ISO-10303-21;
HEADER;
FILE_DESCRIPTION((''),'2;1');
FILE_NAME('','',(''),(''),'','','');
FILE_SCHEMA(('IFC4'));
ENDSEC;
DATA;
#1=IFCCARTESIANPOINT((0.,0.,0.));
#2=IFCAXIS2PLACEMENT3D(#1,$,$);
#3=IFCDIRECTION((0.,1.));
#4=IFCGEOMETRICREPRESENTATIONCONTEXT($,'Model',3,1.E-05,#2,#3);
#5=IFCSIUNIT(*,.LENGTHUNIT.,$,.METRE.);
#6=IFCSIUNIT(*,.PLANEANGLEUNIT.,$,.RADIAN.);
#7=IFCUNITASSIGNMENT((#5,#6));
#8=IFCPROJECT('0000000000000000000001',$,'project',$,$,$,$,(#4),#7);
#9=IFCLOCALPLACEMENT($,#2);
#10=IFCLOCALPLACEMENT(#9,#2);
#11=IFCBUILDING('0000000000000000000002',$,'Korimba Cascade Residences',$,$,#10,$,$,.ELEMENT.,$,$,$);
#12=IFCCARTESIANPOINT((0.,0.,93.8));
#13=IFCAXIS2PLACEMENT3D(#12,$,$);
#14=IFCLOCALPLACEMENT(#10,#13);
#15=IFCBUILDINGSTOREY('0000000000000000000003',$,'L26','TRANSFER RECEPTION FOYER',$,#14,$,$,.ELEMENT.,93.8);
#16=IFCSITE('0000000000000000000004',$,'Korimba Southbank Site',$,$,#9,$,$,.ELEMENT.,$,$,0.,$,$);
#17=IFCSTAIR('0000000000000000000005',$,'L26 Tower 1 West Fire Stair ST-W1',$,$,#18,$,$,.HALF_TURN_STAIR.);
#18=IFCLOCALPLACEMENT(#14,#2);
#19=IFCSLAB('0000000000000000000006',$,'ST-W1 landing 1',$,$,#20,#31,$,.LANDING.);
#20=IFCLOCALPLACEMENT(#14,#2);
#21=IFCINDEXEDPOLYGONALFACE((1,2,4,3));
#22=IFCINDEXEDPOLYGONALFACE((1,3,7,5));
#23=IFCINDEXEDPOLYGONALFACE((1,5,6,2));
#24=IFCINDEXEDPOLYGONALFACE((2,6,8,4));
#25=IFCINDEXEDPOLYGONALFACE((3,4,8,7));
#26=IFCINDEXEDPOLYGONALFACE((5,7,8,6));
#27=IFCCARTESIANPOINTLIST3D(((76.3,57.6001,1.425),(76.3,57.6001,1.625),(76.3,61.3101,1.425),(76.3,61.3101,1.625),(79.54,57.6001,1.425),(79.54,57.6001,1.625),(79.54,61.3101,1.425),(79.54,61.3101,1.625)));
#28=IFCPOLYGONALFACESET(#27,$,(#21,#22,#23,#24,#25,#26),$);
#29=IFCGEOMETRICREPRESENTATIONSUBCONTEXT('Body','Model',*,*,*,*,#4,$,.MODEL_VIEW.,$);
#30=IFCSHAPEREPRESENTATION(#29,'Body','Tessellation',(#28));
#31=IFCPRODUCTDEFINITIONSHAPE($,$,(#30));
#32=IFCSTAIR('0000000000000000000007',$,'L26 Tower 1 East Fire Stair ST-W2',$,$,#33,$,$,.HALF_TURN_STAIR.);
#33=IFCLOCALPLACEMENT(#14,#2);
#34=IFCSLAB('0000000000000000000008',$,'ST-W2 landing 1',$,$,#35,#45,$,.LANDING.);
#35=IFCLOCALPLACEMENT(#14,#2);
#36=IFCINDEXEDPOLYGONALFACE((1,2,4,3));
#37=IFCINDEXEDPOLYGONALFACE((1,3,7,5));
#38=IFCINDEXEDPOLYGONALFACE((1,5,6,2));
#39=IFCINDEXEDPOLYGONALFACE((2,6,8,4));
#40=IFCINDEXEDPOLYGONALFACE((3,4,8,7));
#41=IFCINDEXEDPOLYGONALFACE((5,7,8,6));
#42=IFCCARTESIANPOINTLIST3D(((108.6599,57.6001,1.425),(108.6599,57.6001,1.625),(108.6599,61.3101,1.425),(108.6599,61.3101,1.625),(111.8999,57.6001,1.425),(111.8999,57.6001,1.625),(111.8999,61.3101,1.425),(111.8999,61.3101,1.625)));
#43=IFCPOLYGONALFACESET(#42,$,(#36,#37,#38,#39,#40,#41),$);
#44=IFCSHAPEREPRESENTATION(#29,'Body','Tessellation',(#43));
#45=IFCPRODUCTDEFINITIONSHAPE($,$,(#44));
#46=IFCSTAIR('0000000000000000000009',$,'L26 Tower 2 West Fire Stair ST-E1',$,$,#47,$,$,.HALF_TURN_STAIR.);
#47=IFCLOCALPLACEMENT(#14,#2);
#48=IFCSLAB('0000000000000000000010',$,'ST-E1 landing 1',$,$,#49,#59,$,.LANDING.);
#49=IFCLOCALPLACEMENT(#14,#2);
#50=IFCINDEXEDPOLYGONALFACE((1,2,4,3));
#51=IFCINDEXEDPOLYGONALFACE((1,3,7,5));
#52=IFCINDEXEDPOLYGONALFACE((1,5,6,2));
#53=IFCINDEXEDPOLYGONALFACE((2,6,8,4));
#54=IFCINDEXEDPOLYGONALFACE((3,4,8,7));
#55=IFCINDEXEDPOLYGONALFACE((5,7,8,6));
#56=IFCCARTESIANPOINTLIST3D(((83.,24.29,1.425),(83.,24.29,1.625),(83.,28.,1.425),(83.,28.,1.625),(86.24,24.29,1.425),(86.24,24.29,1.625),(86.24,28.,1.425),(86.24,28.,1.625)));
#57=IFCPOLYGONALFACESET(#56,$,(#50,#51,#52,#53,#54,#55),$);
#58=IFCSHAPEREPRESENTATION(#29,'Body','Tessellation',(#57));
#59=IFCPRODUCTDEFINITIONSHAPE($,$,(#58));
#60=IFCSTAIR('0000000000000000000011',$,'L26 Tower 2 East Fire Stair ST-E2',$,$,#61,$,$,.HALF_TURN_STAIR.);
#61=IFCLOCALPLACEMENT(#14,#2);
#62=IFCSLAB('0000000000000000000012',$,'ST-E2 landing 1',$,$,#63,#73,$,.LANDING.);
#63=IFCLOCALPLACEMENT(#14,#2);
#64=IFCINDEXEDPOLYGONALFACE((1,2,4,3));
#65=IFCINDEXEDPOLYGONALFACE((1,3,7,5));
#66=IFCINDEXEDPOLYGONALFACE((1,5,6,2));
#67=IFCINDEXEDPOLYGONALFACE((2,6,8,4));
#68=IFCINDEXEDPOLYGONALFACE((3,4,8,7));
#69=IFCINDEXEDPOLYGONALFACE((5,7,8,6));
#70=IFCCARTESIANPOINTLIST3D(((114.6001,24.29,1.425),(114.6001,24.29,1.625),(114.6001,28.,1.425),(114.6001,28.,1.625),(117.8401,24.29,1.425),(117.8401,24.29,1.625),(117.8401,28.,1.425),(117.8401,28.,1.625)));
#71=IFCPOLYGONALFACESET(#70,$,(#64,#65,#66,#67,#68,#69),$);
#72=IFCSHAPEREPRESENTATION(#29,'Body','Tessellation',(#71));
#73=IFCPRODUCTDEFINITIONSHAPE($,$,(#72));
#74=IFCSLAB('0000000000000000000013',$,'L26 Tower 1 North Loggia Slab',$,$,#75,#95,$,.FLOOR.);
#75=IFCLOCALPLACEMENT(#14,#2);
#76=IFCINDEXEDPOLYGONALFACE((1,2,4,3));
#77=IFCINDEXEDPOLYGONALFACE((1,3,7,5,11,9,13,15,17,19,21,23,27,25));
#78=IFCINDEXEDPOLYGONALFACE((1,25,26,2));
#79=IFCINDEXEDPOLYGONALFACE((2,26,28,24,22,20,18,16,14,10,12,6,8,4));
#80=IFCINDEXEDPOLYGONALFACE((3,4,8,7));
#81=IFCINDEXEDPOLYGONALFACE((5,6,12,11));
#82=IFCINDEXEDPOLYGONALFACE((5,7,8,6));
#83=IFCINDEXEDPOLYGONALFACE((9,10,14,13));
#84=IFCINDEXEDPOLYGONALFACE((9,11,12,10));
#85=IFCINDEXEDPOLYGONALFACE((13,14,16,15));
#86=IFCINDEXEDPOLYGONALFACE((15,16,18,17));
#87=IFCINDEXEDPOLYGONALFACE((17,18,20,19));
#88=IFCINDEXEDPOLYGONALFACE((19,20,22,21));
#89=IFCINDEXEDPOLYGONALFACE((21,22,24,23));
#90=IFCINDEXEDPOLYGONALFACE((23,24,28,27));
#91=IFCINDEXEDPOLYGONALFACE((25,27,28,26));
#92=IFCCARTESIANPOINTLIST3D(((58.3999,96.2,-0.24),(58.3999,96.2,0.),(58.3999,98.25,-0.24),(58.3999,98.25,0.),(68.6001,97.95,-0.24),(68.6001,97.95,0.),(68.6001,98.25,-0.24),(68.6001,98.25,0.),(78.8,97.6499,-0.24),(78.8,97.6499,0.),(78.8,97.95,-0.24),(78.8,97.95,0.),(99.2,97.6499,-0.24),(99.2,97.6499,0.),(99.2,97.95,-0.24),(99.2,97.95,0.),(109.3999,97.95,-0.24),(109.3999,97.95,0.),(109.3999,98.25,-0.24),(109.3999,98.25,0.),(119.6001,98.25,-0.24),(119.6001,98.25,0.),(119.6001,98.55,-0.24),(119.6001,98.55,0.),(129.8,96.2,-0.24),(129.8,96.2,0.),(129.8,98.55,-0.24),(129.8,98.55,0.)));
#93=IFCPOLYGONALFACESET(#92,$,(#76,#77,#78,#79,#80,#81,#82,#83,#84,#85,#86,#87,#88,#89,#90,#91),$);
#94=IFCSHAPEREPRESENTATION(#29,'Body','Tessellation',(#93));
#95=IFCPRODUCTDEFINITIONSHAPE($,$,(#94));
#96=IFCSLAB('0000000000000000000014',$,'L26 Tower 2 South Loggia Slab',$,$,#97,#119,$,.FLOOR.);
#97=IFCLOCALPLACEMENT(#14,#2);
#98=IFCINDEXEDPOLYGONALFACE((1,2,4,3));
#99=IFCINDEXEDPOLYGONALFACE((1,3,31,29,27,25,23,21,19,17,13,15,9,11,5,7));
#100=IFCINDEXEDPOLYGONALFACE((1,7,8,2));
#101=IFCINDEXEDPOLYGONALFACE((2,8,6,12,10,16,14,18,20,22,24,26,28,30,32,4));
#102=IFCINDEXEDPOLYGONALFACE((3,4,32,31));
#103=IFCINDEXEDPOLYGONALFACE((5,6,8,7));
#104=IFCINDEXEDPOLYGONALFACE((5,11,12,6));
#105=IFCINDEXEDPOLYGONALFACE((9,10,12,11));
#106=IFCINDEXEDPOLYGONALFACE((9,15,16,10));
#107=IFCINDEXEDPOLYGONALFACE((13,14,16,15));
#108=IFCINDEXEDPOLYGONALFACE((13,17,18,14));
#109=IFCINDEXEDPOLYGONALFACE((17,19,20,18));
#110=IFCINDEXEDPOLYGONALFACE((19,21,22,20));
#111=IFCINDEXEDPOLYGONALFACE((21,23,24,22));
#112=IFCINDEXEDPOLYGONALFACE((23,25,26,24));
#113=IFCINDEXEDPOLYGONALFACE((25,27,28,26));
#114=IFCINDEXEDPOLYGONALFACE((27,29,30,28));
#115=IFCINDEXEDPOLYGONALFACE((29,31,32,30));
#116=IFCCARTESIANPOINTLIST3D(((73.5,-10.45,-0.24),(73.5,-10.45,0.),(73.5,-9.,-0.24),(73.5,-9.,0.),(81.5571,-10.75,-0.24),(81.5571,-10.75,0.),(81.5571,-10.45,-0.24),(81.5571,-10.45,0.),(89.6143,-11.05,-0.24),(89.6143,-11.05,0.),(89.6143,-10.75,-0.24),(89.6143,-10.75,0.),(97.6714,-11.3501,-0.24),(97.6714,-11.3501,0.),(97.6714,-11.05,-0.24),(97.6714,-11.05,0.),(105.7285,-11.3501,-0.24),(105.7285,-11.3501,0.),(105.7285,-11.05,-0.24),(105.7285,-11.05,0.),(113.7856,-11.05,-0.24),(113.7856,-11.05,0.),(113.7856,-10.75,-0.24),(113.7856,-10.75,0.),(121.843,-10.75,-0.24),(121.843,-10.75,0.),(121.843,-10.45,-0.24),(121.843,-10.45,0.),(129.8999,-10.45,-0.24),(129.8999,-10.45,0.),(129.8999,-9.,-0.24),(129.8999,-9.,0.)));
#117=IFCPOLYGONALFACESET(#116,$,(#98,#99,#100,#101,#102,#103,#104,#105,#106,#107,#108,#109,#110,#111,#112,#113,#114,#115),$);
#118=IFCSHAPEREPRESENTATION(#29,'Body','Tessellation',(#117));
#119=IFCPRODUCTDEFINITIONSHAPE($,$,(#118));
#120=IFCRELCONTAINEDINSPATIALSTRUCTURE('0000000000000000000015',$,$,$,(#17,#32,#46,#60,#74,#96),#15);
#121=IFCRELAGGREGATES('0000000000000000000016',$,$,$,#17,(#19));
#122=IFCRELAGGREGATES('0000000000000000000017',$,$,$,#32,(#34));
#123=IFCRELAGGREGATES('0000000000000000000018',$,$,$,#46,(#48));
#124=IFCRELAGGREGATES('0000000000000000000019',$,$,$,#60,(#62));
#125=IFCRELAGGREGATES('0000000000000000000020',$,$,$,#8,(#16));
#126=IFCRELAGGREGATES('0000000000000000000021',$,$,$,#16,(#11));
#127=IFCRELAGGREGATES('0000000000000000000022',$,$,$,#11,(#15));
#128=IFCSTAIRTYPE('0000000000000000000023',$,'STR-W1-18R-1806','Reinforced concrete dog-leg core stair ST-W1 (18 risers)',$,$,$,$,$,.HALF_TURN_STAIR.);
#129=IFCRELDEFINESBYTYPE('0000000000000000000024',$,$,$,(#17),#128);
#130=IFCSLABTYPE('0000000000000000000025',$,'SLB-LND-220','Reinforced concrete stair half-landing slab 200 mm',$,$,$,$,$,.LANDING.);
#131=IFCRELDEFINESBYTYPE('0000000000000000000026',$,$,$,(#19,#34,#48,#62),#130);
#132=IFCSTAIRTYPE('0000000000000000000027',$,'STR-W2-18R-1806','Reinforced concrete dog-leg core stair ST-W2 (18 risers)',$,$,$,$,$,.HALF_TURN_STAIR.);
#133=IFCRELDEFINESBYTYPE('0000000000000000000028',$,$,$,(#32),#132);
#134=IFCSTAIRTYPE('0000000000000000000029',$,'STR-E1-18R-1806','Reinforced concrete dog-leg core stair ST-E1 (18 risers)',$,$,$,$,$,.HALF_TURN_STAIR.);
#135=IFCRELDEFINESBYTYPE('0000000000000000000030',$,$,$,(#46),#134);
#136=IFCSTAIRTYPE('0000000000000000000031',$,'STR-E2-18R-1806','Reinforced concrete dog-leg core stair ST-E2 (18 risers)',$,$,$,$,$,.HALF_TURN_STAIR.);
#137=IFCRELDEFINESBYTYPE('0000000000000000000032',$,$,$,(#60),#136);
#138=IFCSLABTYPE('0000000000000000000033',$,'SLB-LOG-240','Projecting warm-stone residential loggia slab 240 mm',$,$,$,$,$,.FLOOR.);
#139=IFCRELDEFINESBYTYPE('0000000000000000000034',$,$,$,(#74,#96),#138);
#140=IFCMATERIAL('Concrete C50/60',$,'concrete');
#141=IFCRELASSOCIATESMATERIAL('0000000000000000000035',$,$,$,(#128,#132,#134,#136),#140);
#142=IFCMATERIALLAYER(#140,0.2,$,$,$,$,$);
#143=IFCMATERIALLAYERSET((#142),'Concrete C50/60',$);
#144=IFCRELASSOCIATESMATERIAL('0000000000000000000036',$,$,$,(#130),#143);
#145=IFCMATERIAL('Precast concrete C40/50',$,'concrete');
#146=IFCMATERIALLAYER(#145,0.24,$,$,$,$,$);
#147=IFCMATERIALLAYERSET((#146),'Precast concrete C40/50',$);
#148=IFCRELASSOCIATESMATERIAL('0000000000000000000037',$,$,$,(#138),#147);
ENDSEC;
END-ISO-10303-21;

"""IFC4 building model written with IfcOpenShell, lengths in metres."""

from ifc_helpers import new_model, si_unit, direction, frame, origin, place, context, subcontext, project, spatial, polyline, outline, extrude, material, layer, layer_set, type_object, element, aggregate, save


model = new_model("IFC4")

# Units and contexts
model_context = context("Model", 3, precision=1e-05, world=origin(), true_north=direction((0.0, 1.0)))
body_context = subcontext(model_context, "Body", "Model", "MODEL_VIEW")
ifc_project = project(units=[si_unit("LENGTHUNIT", "METRE"), si_unit("PLANEANGLEUNIT", "RADIAN")], contexts=[model_context])

# Site, building, storey
site_placement = place(None, origin())
site = spatial("IfcSite", under=ifc_project, at=site_placement, Name="Korimba Southbank Site", CompositionType="ELEMENT", RefElevation=0.0)
building_placement = place(site_placement, origin())
building = spatial("IfcBuilding", under=site, at=building_placement, Name="Korimba Cascade Residences", CompositionType="ELEMENT")
storey_placement = place(building_placement, frame((0.0, 0.0, 93.8)))
storey = spatial("IfcBuildingStorey", under=building, at=storey_placement, Name="L26", Description="TRANSFER RECEPTION FOYER", CompositionType="ELEMENT", Elevation=93.8)

# Stairs, slabs
ifc_material_1 = material(Name="Concrete C50/60", Category="concrete")
stair_type_1 = type_object("IfcStairType", Name="STR-W1-18R-1806", Description="Reinforced concrete dog-leg core stair ST-W1 (18 risers)", PredefinedType="HALF_TURN_STAIR", material=ifc_material_1)
stair_1_placement = place(storey_placement, origin())
stair_1 = element("IfcStair", 1, at=stair_1_placement, inside=storey, type_object=stair_type_1, Name="L26 Tower 1 West Fire Stair ST-W1", PredefinedType="HALF_TURN_STAIR")
ifc_layer_1 = layer(ifc_material_1, 0.2)
ifc_layer_set_1 = layer_set([ifc_layer_1], Name="Concrete C50/60")
slab_type_1 = type_object("IfcSlabType", Name="SLB-LND-220", Description="Reinforced concrete stair half-landing slab 200 mm", PredefinedType="LANDING", material=ifc_layer_set_1)
slab_1_placement = place(storey_placement, frame((0.0, 0.0, 1.425)))
slab_1 = element("IfcSlab", 2, at=slab_1_placement, type_object=slab_type_1, Name="ST-W1 landing 1", PredefinedType="LANDING", context=body_context, shape_type="SweptSolid", body=[
    extrude(outline(polyline([(76.3, 61.3101), (76.3, 57.6001), (79.54, 57.6001), (79.54, 61.3101), (76.3, 61.3101)])), origin(), (0.0, 0.0, 1.0), 0.2),
])
aggregate(stair_1, [slab_1])
stair_type_2 = type_object("IfcStairType", Name="STR-W2-18R-1806", Description="Reinforced concrete dog-leg core stair ST-W2 (18 risers)", PredefinedType="HALF_TURN_STAIR", material=ifc_material_1)
stair_2_placement = place(storey_placement, origin())
stair_2 = element("IfcStair", 3, at=stair_2_placement, inside=storey, type_object=stair_type_2, Name="L26 Tower 1 East Fire Stair ST-W2", PredefinedType="HALF_TURN_STAIR")
slab_2_placement = place(storey_placement, frame((0.0, 0.0, 1.425)))
slab_2 = element("IfcSlab", 4, at=slab_2_placement, type_object=slab_type_1, Name="ST-W2 landing 1", PredefinedType="LANDING", context=body_context, shape_type="SweptSolid", body=[
    extrude(outline(polyline([(108.6599, 61.3101), (108.6599, 57.6001), (111.8999, 57.6001), (111.8999, 61.3101), (108.6599, 61.3101)])), origin(), (0.0, 0.0, 1.0), 0.2),
])
aggregate(stair_2, [slab_2])
stair_type_3 = type_object("IfcStairType", Name="STR-E1-18R-1806", Description="Reinforced concrete dog-leg core stair ST-E1 (18 risers)", PredefinedType="HALF_TURN_STAIR", material=ifc_material_1)
stair_3_placement = place(storey_placement, origin())
stair_3 = element("IfcStair", 5, at=stair_3_placement, inside=storey, type_object=stair_type_3, Name="L26 Tower 2 West Fire Stair ST-E1", PredefinedType="HALF_TURN_STAIR")
slab_3_placement = place(storey_placement, frame((0.0, 0.0, 1.425)))
slab_3 = element("IfcSlab", 6, at=slab_3_placement, type_object=slab_type_1, Name="ST-E1 landing 1", PredefinedType="LANDING", context=body_context, shape_type="SweptSolid", body=[
    extrude(outline(polyline([(86.24, 24.29), (86.24, 28.0), (83.0, 28.0), (83.0, 24.29), (86.24, 24.29)])), origin(), (0.0, 0.0, 1.0), 0.2),
])
aggregate(stair_3, [slab_3])
stair_type_4 = type_object("IfcStairType", Name="STR-E2-18R-1806", Description="Reinforced concrete dog-leg core stair ST-E2 (18 risers)", PredefinedType="HALF_TURN_STAIR", material=ifc_material_1)
stair_4_placement = place(storey_placement, origin())
stair_4 = element("IfcStair", 7, at=stair_4_placement, inside=storey, type_object=stair_type_4, Name="L26 Tower 2 East Fire Stair ST-E2", PredefinedType="HALF_TURN_STAIR")
slab_4_placement = place(storey_placement, frame((0.0, 0.0, 1.425)))
slab_4 = element("IfcSlab", 8, at=slab_4_placement, type_object=slab_type_1, Name="ST-E2 landing 1", PredefinedType="LANDING", context=body_context, shape_type="SweptSolid", body=[
    extrude(outline(polyline([(117.8401, 24.29), (117.8401, 28.0), (114.6001, 28.0), (114.6001, 24.29), (117.8401, 24.29)])), origin(), (0.0, 0.0, 1.0), 0.2),
])
aggregate(stair_4, [slab_4])

# Slabs
ifc_material_2 = material(Name="Precast concrete C40/50", Category="concrete")
ifc_layer_2 = layer(ifc_material_2, 0.24)
ifc_layer_set_2 = layer_set([ifc_layer_2], Name="Precast concrete C40/50")
slab_type_2 = type_object("IfcSlabType", Name="SLB-LOG-240", Description="Projecting warm-stone residential loggia slab 240 mm", PredefinedType="FLOOR", material=ifc_layer_set_2)
slab_5_placement = place(storey_placement, frame((0.0, 0.0, -0.24)))
element("IfcSlab", 9, at=slab_5_placement, inside=storey, type_object=slab_type_2, Name="L26 Tower 1 North Loggia Slab", PredefinedType="FLOOR", context=body_context, shape_type="SweptSolid", body=[
    extrude(outline(polyline([(58.3999, 96.2), (129.8, 96.2), (129.8, 98.55), (119.6001, 98.55), (119.6001, 98.25), (109.3999, 98.25), (109.3999, 97.95), (99.2, 97.95), (99.2, 97.6499), (78.8, 97.6499), (78.8, 97.95), (68.6001, 97.95), (68.6001, 98.25), (58.3999, 98.25), (58.3999, 96.2)])), origin(), (0.0, 0.0, 1.0), 0.24),
])
slab_6_placement = place(storey_placement, frame((0.0, 0.0, -0.24)))
element("IfcSlab", 10, at=slab_6_placement, inside=storey, type_object=slab_type_2, Name="L26 Tower 2 South Loggia Slab", PredefinedType="FLOOR", context=body_context, shape_type="SweptSolid", body=[
    extrude(outline(polyline([(73.5, -10.45), (81.5571, -10.45), (81.5571, -10.75), (89.6143, -10.75), (89.6143, -11.05), (97.6714, -11.05), (97.6714, -11.3501), (105.7285, -11.3501), (105.7285, -11.05), (113.7856, -11.05), (113.7856, -10.75), (121.843, -10.75), (121.843, -10.45), (129.8999, -10.45), (129.8999, -9.0), (73.5, -9.0), (73.5, -10.45)])), origin(), (0.0, 0.0, 1.0), 0.24),
])

save(model, "model.ifc")
